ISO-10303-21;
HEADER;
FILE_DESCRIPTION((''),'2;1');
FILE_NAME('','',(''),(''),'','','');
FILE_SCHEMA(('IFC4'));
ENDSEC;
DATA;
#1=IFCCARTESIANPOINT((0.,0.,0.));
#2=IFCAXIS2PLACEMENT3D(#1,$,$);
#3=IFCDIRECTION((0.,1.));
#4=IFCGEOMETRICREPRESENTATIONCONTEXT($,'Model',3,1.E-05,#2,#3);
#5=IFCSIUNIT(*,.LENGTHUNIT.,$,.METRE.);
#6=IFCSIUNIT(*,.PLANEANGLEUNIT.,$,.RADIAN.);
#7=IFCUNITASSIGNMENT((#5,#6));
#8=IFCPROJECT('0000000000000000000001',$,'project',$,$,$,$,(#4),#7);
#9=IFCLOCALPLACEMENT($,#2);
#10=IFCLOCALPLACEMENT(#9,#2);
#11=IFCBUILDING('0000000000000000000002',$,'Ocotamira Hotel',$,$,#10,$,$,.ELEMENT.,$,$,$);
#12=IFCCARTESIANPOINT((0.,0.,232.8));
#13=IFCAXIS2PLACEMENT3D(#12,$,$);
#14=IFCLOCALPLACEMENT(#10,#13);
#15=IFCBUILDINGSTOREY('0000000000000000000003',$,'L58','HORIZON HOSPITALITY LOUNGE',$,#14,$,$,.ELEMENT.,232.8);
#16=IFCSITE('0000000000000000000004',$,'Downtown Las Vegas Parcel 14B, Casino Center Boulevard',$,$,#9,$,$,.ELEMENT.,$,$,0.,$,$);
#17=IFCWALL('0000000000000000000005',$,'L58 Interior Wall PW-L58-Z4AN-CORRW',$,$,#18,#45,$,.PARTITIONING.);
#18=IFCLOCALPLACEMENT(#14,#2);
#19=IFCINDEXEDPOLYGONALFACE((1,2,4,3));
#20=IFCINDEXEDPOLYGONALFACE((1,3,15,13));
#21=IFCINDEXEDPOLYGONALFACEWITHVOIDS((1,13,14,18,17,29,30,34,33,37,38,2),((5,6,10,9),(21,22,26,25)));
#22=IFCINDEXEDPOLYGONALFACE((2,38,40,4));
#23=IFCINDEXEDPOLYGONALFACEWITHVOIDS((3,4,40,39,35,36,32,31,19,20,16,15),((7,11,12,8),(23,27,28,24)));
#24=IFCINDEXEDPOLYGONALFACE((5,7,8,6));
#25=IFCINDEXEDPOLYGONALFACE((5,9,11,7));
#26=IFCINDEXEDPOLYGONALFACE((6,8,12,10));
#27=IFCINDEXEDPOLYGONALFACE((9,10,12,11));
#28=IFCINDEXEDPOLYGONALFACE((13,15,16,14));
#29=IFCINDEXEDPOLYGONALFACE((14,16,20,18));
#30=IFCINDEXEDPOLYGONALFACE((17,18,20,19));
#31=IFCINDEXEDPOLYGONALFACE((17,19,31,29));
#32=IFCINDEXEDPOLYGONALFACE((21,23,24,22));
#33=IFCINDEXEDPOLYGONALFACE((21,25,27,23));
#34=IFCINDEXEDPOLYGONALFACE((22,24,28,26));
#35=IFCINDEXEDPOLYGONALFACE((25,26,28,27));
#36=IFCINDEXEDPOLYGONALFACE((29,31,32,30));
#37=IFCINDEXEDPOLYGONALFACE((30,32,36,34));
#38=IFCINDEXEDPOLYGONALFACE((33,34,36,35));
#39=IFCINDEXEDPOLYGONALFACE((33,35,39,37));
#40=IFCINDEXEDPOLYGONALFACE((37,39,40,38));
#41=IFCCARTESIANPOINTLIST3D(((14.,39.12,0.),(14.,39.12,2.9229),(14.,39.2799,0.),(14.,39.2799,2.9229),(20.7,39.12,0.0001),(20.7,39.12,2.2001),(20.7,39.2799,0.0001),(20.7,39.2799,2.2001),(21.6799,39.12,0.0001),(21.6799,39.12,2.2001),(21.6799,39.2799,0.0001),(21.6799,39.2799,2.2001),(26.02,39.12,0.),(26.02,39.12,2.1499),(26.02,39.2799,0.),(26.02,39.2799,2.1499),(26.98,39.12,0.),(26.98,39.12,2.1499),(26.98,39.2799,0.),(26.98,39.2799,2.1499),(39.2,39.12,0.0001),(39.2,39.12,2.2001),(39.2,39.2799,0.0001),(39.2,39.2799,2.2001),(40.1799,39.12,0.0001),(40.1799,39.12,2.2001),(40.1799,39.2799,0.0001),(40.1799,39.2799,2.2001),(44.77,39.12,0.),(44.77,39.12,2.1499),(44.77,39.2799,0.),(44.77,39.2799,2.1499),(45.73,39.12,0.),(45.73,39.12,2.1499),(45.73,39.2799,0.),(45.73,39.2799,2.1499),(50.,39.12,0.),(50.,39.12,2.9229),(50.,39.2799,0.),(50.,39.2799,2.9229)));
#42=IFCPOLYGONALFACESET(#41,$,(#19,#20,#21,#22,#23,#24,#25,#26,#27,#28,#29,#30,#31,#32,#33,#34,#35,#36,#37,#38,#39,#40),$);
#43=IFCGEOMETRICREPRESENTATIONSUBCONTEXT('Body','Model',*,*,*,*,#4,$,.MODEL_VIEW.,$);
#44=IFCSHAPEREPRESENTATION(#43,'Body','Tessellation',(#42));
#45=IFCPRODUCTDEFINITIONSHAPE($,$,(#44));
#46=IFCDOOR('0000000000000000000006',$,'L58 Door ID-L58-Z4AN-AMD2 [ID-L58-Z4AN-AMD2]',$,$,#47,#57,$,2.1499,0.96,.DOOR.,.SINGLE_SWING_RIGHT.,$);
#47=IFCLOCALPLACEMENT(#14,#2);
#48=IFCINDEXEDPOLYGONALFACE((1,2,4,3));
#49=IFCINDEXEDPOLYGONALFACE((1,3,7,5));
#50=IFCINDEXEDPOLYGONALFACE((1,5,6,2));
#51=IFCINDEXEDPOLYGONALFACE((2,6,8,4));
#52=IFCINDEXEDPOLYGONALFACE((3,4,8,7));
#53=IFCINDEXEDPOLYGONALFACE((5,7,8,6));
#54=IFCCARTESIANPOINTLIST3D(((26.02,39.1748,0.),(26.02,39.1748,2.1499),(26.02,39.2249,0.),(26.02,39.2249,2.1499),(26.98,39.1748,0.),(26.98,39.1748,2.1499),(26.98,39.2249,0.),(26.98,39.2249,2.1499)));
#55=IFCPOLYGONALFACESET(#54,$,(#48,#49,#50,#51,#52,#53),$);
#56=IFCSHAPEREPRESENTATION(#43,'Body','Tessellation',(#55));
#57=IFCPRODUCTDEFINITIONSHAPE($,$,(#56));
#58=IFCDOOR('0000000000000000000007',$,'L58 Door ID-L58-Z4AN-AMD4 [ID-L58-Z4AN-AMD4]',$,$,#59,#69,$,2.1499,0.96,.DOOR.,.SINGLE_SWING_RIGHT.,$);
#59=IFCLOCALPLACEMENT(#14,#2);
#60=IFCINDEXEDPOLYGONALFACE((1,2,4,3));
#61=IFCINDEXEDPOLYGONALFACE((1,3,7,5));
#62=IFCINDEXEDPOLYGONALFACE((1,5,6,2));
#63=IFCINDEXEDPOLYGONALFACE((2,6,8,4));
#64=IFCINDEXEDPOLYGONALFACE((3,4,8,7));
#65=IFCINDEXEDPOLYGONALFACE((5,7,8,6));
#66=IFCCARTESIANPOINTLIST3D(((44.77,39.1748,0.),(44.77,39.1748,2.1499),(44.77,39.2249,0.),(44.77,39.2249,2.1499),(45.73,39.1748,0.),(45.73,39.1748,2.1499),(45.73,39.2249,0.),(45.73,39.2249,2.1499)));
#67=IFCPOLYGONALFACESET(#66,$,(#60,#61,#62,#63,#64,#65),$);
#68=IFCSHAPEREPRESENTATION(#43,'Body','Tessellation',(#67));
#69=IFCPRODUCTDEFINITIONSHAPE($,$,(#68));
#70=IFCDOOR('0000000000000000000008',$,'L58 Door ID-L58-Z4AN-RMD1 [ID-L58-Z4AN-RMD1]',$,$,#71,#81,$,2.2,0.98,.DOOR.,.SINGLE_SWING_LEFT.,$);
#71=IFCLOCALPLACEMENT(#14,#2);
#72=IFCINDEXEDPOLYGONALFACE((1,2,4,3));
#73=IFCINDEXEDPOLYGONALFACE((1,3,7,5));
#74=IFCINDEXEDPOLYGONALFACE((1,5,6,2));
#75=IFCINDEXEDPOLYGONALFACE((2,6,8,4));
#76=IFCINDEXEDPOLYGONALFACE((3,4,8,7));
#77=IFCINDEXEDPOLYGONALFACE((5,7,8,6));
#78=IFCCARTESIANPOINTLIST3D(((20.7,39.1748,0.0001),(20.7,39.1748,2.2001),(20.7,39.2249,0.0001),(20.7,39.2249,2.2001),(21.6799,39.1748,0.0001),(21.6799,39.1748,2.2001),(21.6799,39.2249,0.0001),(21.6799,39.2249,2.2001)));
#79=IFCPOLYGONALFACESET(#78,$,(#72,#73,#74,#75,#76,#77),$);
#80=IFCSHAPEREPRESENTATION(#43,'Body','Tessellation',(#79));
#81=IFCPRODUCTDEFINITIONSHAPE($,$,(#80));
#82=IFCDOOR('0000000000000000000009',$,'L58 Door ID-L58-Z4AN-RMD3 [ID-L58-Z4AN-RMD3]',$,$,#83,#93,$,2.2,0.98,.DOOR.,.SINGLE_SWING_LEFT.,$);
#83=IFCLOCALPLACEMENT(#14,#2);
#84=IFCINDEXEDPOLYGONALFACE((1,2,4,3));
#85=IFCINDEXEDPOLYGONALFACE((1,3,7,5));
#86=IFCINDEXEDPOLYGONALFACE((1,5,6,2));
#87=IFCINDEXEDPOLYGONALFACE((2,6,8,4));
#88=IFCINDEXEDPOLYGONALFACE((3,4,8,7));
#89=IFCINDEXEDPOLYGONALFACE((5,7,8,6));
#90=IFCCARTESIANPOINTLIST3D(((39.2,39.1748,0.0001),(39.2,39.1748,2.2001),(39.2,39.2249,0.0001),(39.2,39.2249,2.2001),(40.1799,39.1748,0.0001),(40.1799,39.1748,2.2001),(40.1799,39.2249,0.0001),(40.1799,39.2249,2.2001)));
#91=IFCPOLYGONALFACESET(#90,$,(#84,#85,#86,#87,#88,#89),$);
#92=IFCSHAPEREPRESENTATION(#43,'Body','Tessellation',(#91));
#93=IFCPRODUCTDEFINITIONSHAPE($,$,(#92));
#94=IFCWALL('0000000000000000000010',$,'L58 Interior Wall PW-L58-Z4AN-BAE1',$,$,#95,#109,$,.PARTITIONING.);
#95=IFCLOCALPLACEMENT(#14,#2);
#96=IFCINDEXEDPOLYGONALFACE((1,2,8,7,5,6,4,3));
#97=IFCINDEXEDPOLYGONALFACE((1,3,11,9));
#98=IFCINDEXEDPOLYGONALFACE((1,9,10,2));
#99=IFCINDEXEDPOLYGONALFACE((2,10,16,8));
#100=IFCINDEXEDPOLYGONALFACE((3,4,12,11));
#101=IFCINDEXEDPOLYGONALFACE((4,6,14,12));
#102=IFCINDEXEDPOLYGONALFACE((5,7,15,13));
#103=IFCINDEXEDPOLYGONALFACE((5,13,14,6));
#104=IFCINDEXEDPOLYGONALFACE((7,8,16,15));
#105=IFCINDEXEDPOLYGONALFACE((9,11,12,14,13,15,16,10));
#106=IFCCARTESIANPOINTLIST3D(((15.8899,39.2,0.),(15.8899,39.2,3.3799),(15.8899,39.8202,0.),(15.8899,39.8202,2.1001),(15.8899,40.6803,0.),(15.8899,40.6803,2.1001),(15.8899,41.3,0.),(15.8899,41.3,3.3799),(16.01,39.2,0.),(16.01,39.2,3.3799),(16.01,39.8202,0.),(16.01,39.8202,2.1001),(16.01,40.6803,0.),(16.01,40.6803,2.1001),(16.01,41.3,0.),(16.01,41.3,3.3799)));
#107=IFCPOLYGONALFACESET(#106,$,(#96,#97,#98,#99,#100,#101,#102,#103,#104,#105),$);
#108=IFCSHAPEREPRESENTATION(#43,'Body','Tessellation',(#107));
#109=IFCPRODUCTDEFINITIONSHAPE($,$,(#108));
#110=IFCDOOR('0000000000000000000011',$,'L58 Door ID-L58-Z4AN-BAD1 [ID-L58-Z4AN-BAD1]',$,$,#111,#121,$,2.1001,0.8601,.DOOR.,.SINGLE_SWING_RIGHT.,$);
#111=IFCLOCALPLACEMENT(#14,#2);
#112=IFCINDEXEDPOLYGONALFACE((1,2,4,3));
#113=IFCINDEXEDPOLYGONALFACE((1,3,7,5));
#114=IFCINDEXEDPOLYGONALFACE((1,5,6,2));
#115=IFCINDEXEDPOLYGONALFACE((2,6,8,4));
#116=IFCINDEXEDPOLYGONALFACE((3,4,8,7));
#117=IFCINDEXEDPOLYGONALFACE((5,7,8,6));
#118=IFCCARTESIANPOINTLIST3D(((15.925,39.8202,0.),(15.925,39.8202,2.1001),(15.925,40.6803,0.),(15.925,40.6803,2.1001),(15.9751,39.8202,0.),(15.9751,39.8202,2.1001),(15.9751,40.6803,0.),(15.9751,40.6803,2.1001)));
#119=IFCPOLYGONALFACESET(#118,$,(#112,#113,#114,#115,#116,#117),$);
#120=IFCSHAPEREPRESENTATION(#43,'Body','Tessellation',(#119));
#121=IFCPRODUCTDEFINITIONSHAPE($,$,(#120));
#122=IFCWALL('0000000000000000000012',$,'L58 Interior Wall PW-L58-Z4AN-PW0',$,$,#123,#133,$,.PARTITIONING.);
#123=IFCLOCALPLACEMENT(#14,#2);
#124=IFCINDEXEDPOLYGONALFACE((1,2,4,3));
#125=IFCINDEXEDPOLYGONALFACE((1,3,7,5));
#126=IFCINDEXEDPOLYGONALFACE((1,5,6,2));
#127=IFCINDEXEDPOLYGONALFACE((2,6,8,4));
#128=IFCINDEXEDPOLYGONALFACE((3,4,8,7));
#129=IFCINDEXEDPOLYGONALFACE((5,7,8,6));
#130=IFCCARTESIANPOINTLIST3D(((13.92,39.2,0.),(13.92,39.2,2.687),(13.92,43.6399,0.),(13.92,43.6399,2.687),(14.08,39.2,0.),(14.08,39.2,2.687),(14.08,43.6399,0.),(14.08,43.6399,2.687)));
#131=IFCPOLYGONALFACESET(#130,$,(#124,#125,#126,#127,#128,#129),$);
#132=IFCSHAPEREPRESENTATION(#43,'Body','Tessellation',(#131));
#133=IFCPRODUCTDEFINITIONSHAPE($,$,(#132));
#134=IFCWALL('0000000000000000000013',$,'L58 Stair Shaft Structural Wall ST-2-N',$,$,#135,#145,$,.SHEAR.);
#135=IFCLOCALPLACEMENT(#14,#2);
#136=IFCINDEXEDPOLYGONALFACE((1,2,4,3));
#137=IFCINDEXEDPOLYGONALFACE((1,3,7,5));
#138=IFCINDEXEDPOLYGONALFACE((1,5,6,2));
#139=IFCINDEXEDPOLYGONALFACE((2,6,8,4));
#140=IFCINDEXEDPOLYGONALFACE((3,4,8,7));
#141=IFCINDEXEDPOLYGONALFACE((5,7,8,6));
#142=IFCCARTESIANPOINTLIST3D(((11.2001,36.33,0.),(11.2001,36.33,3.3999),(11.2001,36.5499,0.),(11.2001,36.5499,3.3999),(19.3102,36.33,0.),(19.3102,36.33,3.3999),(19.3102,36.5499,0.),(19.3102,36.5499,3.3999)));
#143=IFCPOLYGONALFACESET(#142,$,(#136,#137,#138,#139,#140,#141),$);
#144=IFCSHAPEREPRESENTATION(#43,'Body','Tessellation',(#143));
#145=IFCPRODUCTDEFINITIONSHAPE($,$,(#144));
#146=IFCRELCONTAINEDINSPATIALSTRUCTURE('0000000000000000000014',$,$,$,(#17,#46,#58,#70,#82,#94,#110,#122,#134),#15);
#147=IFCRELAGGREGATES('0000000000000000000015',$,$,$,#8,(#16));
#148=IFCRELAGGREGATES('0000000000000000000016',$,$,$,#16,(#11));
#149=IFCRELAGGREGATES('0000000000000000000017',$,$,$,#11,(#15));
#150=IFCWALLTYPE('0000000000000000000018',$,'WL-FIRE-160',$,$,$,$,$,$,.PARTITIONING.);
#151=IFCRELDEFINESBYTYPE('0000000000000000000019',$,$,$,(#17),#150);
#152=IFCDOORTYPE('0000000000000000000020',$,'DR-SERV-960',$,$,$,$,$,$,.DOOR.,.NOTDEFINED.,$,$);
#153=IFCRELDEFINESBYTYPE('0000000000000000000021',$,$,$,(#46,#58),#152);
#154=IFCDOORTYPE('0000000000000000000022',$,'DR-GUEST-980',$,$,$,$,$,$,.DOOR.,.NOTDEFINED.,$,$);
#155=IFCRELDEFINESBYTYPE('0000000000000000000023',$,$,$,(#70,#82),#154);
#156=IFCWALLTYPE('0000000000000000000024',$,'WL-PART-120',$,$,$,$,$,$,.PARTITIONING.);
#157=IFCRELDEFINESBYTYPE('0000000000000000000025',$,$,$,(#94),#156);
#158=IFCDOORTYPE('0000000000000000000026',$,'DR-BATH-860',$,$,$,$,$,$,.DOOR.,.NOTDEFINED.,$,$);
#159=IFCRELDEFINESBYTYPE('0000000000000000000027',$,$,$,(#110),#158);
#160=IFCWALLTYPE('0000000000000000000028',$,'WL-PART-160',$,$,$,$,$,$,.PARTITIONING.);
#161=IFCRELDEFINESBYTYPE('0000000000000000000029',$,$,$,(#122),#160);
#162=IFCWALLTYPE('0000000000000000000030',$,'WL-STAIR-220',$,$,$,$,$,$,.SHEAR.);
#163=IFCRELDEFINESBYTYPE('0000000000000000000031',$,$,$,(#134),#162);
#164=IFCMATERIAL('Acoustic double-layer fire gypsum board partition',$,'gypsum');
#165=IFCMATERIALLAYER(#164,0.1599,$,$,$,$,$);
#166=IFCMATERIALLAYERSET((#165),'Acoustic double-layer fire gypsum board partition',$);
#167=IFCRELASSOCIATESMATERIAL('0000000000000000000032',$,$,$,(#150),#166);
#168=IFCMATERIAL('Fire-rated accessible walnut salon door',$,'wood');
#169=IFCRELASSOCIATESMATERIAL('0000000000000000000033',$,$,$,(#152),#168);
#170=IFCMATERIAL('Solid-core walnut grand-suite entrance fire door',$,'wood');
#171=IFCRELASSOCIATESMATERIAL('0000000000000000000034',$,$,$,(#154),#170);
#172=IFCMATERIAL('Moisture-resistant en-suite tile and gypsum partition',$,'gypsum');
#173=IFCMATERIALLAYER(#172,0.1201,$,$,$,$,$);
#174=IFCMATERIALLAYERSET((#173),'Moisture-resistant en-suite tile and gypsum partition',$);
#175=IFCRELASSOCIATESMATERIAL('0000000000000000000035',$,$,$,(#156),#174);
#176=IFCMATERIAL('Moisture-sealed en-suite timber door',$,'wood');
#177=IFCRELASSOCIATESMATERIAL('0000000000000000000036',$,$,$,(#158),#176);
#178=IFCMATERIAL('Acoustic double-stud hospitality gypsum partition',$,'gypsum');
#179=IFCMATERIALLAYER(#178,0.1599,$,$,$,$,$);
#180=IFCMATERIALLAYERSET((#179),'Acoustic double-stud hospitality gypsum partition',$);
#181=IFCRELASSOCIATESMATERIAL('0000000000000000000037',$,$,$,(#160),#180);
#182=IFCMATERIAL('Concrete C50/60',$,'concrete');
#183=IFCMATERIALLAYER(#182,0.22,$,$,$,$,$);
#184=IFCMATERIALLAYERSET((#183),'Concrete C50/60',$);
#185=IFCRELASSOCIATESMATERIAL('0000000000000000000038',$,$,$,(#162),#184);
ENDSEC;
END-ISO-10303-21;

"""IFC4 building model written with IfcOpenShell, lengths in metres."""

from ifc_helpers import new_model, si_unit, direction, frame, frame_2d, origin, place, context, subcontext, project, spatial, rectangle, extrude, source, transform, mapped, material, layer, layer_set, type_object, element, fill, save


model = new_model("IFC4")

# Units and contexts
model_context = context("Model", 3, precision=1e-05, world=origin(), true_north=direction((0.0, 1.0)))
body_context = subcontext(model_context, "Body", "Model", "MODEL_VIEW")
ifc_project = project(units=[si_unit("LENGTHUNIT", "METRE"), si_unit("PLANEANGLEUNIT", "RADIAN")], contexts=[model_context])

# Site, building, storey
site_placement = place(None, origin())
site = spatial("IfcSite", under=ifc_project, at=site_placement, Name="Downtown Las Vegas Parcel 14B, Casino Center Boulevard", CompositionType="ELEMENT", RefElevation=0.0)
building_placement = place(site_placement, origin())
building = spatial("IfcBuilding", under=site, at=building_placement, Name="Ocotamira Hotel", CompositionType="ELEMENT")
storey_placement = place(building_placement, frame((0.0, 0.0, 232.8)))
storey = spatial("IfcBuildingStorey", under=building, at=storey_placement, Name="L58", Description="HORIZON HOSPITALITY LOUNGE", CompositionType="ELEMENT", Elevation=232.8)

# Shared definitions
ifc_material_1 = material(Name="Concrete C50/60", Category="concrete")

# Wall, openings, doors
ifc_material_2 = material(Name="Acoustic double-layer fire gypsum board partition", Category="gypsum")
ifc_layer_1 = layer(ifc_material_2, 0.1599)
ifc_layer_set_1 = layer_set([ifc_layer_1], Name="Acoustic double-layer fire gypsum board partition")
wall_type_1 = type_object("IfcWallType", Name="WL-FIRE-160", PredefinedType="PARTITIONING", material=ifc_layer_set_1)
wall_1_placement = place(storey_placement, frame((14.0, 39.2, 0.0), z_axis=(0.0, 0.0, 1.0), x_axis=(1.0, 0.0, 0.0)))
wall_1 = element("IfcWall", 1, at=wall_1_placement, inside=storey, type_object=wall_type_1, Name="L58 Interior Wall PW-L58-Z4AN-CORRW", PredefinedType="PARTITIONING", context=body_context, shape_type="SweptSolid", body=[
    extrude(rectangle(XDim=36.0, YDim=0.1599, at=frame_2d((18.0, 0.0))), origin(), (0.0, 0.0, 1.0), 2.9229),
])
opening_1_placement = place(wall_1_placement, frame((6.7, 0.0, 0.0)))
opening_1 = element("IfcOpeningElement", 2, at=opening_1_placement, cuts=wall_1, PredefinedType="OPENING", context=body_context, shape_type="SweptSolid", body=[
    extrude(rectangle(XDim=0.98, YDim=2.2, at=frame_2d((0.49, 1.1001))), frame((0.0, 0.0898, 0.0), z_axis=(0.0, -1.0, 0.0), x_axis=(1.0, 0.0, 0.0)), (0.0, 0.0, 1.0), 0.1799),
])
opening_2_placement = place(wall_1_placement, frame((12.02, 0.0, 0.0)))
opening_2 = element("IfcOpeningElement", 3, at=opening_2_placement, cuts=wall_1, PredefinedType="OPENING", context=body_context, shape_type="SweptSolid", body=[
    extrude(rectangle(XDim=0.96, YDim=2.1499, at=frame_2d((0.48, 1.075))), frame((0.0, 0.0898, 0.0), z_axis=(0.0, -1.0, 0.0), x_axis=(1.0, 0.0, 0.0)), (0.0, 0.0, 1.0), 0.1799),
])
opening_3_placement = place(wall_1_placement, frame((25.2, 0.0, 0.0)))
opening_3 = element("IfcOpeningElement", 4, at=opening_3_placement, cuts=wall_1, PredefinedType="OPENING", context=body_context, shape_type="SweptSolid", body=[
    extrude(rectangle(XDim=0.98, YDim=2.2, at=frame_2d((0.49, 1.1001))), frame((0.0, 0.0898, 0.0), z_axis=(0.0, -1.0, 0.0), x_axis=(1.0, 0.0, 0.0)), (0.0, 0.0, 1.0), 0.1799),
])
opening_4_placement = place(wall_1_placement, frame((30.77, 0.0, 0.0)))
opening_4 = element("IfcOpeningElement", 5, at=opening_4_placement, cuts=wall_1, PredefinedType="OPENING", context=body_context, shape_type="SweptSolid", body=[
    extrude(rectangle(XDim=0.96, YDim=2.1499, at=frame_2d((0.48, 1.075))), frame((0.0, 0.0898, 0.0), z_axis=(0.0, -1.0, 0.0), x_axis=(1.0, 0.0, 0.0)), (0.0, 0.0, 1.0), 0.1799),
])
ifc_material_3 = material(Name="Fire-rated accessible walnut salon door", Category="wood")
door_type_1 = type_object("IfcDoorType", Name="DR-SERV-960", OperationType="NOTDEFINED", PredefinedType="DOOR", material=ifc_material_3)
shared_shape_1 = source(origin(), body_context, "Body", "SweptSolid", [
    extrude(rectangle(XDim=0.96, YDim=2.1499, at=frame_2d((0.48, 1.075))), frame((0.0, 0.0249, 0.0), z_axis=(0.0, -1.0, 0.0), x_axis=(1.0, 0.0, 0.0)), (0.0, 0.0, 1.0), 0.05),
])
door_1_placement = place(opening_2_placement, origin())
door_1 = element("IfcDoor", 6, at=door_1_placement, inside=storey, type_object=door_type_1, Name="L58 Door ID-L58-Z4AN-AMD2 [ID-L58-Z4AN-AMD2]", OperationType="SINGLE_SWING_RIGHT", OverallHeight=2.1499, OverallWidth=0.96, PredefinedType="DOOR", context=body_context, shape_type="MappedRepresentation", body=[
    mapped(shared_shape_1, transform((0.0, 0.0, 0.0), scale=1.0)),
])
fill(opening_2, door_1)
door_2_placement = place(opening_4_placement, origin())
door_2 = element("IfcDoor", 7, at=door_2_placement, inside=storey, type_object=door_type_1, Name="L58 Door ID-L58-Z4AN-AMD4 [ID-L58-Z4AN-AMD4]", OperationType="SINGLE_SWING_RIGHT", OverallHeight=2.1499, OverallWidth=0.96, PredefinedType="DOOR", context=body_context, shape_type="MappedRepresentation", body=[
    mapped(shared_shape_1, transform((0.0, 0.0, 0.0), scale=1.0)),
])
fill(opening_4, door_2)
ifc_material_4 = material(Name="Solid-core walnut grand-suite entrance fire door", Category="wood")
door_type_2 = type_object("IfcDoorType", Name="DR-GUEST-980", OperationType="NOTDEFINED", PredefinedType="DOOR", material=ifc_material_4)
shared_shape_2 = source(origin(), body_context, "Body", "SweptSolid", [
    extrude(rectangle(XDim=0.98, YDim=2.2, at=frame_2d((0.49, 1.1001))), frame((0.0, 0.0249, 0.0), z_axis=(0.0, -1.0, 0.0), x_axis=(1.0, 0.0, 0.0)), (0.0, 0.0, 1.0), 0.05),
])
door_3_placement = place(opening_1_placement, origin())
door_3 = element("IfcDoor", 8, at=door_3_placement, inside=storey, type_object=door_type_2, Name="L58 Door ID-L58-Z4AN-RMD1 [ID-L58-Z4AN-RMD1]", OperationType="SINGLE_SWING_LEFT", OverallHeight=2.2, OverallWidth=0.98, PredefinedType="DOOR", context=body_context, shape_type="MappedRepresentation", body=[
    mapped(shared_shape_2, transform((0.0, 0.0, 0.0), scale=1.0)),
])
fill(opening_1, door_3)
door_4_placement = place(opening_3_placement, origin())
door_4 = element("IfcDoor", 9, at=door_4_placement, inside=storey, type_object=door_type_2, Name="L58 Door ID-L58-Z4AN-RMD3 [ID-L58-Z4AN-RMD3]", OperationType="SINGLE_SWING_LEFT", OverallHeight=2.2, OverallWidth=0.98, PredefinedType="DOOR", context=body_context, shape_type="MappedRepresentation", body=[
    mapped(shared_shape_2, transform((0.0, 0.0, 0.0), scale=1.0)),
])
fill(opening_3, door_4)

# Wall, opening, door
ifc_material_5 = material(Name="Moisture-resistant en-suite tile and gypsum partition", Category="gypsum")
ifc_layer_2 = layer(ifc_material_5, 0.1201)
ifc_layer_set_2 = layer_set([ifc_layer_2], Name="Moisture-resistant en-suite tile and gypsum partition")
wall_type_2 = type_object("IfcWallType", Name="WL-PART-120", PredefinedType="PARTITIONING", material=ifc_layer_set_2)
wall_2_placement = place(storey_placement, frame((15.95, 39.2, 0.0), z_axis=(0.0, 0.0, 1.0), x_axis=(0.0, 1.0, 0.0)))
wall_2 = element("IfcWall", 10, at=wall_2_placement, inside=storey, type_object=wall_type_2, Name="L58 Interior Wall PW-L58-Z4AN-BAE1", PredefinedType="PARTITIONING", context=body_context, shape_type="SweptSolid", body=[
    extrude(rectangle(XDim=2.1001, YDim=0.1201, at=frame_2d((1.05, 0.0))), origin(), (0.0, 0.0, 1.0), 3.3799),
])
opening_5_placement = place(wall_2_placement, frame((0.6201, 0.0, 0.0)))
opening_5 = element("IfcOpeningElement", 11, at=opening_5_placement, cuts=wall_2, PredefinedType="OPENING", context=body_context, shape_type="SweptSolid", body=[
    extrude(rectangle(XDim=0.8601, YDim=2.1001, at=frame_2d((0.4302, 1.05))), frame((0.0, 0.0701, 0.0), z_axis=(0.0, -1.0, 0.0), x_axis=(1.0, 0.0, 0.0)), (0.0, 0.0, 1.0), 0.1401),
])
ifc_material_6 = material(Name="Moisture-sealed en-suite timber door", Category="wood")
door_type_3 = type_object("IfcDoorType", Name="DR-BATH-860", OperationType="NOTDEFINED", PredefinedType="DOOR", material=ifc_material_6)
shared_shape_3 = source(origin(), body_context, "Body", "SweptSolid", [
    extrude(rectangle(XDim=0.8601, YDim=2.1001, at=frame_2d((0.4302, 1.05))), frame((0.0, 0.0249, 0.0), z_axis=(0.0, -1.0, 0.0), x_axis=(1.0, 0.0, 0.0)), (0.0, 0.0, 1.0), 0.05),
])
door_5_placement = place(opening_5_placement, origin())
door_5 = element("IfcDoor", 12, at=door_5_placement, inside=storey, type_object=door_type_3, Name="L58 Door ID-L58-Z4AN-BAD1 [ID-L58-Z4AN-BAD1]", OperationType="SINGLE_SWING_RIGHT", OverallHeight=2.1001, OverallWidth=0.8601, PredefinedType="DOOR", context=body_context, shape_type="MappedRepresentation", body=[
    mapped(shared_shape_3, transform((0.0, 0.0, 0.0), scale=1.0)),
])
fill(opening_5, door_5)

# Walls
ifc_material_7 = material(Name="Acoustic double-stud hospitality gypsum partition", Category="gypsum")
ifc_layer_3 = layer(ifc_material_7, 0.1599)
ifc_layer_set_3 = layer_set([ifc_layer_3], Name="Acoustic double-stud hospitality gypsum partition")
wall_type_3 = type_object("IfcWallType", Name="WL-PART-160", PredefinedType="PARTITIONING", material=ifc_layer_set_3)
wall_3_placement = place(storey_placement, frame((14.0, 39.2, 0.0), z_axis=(0.0, 0.0, 1.0), x_axis=(0.0, 1.0, 0.0)))
element("IfcWall", 13, at=wall_3_placement, inside=storey, type_object=wall_type_3, Name="L58 Interior Wall PW-L58-Z4AN-PW0", PredefinedType="PARTITIONING", context=body_context, shape_type="SweptSolid", body=[
    extrude(rectangle(XDim=4.4399, YDim=0.1599, at=frame_2d((2.22, 0.0))), origin(), (0.0, 0.0, 1.0), 2.687),
])
ifc_layer_4 = layer(ifc_material_1, 0.22)
ifc_layer_set_4 = layer_set([ifc_layer_4], Name="Concrete C50/60")
wall_type_4 = type_object("IfcWallType", Name="WL-STAIR-220", PredefinedType="SHEAR", material=ifc_layer_set_4)
wall_4_placement = place(storey_placement, frame((11.2, 36.4399, 0.0), z_axis=(0.0, 0.0, 1.0), x_axis=(1.0, 0.0, 0.0)))
element("IfcWall", 14, at=wall_4_placement, inside=storey, type_object=wall_type_4, Name="L58 Stair Shaft Structural Wall ST-2-N", PredefinedType="SHEAR", context=body_context, shape_type="SweptSolid", body=[
    extrude(rectangle(XDim=8.1101, YDim=0.22, at=frame_2d((4.0552, 0.0))), origin(), (0.0, 0.0, 1.0), 3.3999),
])

save(model, "model.ifc")
